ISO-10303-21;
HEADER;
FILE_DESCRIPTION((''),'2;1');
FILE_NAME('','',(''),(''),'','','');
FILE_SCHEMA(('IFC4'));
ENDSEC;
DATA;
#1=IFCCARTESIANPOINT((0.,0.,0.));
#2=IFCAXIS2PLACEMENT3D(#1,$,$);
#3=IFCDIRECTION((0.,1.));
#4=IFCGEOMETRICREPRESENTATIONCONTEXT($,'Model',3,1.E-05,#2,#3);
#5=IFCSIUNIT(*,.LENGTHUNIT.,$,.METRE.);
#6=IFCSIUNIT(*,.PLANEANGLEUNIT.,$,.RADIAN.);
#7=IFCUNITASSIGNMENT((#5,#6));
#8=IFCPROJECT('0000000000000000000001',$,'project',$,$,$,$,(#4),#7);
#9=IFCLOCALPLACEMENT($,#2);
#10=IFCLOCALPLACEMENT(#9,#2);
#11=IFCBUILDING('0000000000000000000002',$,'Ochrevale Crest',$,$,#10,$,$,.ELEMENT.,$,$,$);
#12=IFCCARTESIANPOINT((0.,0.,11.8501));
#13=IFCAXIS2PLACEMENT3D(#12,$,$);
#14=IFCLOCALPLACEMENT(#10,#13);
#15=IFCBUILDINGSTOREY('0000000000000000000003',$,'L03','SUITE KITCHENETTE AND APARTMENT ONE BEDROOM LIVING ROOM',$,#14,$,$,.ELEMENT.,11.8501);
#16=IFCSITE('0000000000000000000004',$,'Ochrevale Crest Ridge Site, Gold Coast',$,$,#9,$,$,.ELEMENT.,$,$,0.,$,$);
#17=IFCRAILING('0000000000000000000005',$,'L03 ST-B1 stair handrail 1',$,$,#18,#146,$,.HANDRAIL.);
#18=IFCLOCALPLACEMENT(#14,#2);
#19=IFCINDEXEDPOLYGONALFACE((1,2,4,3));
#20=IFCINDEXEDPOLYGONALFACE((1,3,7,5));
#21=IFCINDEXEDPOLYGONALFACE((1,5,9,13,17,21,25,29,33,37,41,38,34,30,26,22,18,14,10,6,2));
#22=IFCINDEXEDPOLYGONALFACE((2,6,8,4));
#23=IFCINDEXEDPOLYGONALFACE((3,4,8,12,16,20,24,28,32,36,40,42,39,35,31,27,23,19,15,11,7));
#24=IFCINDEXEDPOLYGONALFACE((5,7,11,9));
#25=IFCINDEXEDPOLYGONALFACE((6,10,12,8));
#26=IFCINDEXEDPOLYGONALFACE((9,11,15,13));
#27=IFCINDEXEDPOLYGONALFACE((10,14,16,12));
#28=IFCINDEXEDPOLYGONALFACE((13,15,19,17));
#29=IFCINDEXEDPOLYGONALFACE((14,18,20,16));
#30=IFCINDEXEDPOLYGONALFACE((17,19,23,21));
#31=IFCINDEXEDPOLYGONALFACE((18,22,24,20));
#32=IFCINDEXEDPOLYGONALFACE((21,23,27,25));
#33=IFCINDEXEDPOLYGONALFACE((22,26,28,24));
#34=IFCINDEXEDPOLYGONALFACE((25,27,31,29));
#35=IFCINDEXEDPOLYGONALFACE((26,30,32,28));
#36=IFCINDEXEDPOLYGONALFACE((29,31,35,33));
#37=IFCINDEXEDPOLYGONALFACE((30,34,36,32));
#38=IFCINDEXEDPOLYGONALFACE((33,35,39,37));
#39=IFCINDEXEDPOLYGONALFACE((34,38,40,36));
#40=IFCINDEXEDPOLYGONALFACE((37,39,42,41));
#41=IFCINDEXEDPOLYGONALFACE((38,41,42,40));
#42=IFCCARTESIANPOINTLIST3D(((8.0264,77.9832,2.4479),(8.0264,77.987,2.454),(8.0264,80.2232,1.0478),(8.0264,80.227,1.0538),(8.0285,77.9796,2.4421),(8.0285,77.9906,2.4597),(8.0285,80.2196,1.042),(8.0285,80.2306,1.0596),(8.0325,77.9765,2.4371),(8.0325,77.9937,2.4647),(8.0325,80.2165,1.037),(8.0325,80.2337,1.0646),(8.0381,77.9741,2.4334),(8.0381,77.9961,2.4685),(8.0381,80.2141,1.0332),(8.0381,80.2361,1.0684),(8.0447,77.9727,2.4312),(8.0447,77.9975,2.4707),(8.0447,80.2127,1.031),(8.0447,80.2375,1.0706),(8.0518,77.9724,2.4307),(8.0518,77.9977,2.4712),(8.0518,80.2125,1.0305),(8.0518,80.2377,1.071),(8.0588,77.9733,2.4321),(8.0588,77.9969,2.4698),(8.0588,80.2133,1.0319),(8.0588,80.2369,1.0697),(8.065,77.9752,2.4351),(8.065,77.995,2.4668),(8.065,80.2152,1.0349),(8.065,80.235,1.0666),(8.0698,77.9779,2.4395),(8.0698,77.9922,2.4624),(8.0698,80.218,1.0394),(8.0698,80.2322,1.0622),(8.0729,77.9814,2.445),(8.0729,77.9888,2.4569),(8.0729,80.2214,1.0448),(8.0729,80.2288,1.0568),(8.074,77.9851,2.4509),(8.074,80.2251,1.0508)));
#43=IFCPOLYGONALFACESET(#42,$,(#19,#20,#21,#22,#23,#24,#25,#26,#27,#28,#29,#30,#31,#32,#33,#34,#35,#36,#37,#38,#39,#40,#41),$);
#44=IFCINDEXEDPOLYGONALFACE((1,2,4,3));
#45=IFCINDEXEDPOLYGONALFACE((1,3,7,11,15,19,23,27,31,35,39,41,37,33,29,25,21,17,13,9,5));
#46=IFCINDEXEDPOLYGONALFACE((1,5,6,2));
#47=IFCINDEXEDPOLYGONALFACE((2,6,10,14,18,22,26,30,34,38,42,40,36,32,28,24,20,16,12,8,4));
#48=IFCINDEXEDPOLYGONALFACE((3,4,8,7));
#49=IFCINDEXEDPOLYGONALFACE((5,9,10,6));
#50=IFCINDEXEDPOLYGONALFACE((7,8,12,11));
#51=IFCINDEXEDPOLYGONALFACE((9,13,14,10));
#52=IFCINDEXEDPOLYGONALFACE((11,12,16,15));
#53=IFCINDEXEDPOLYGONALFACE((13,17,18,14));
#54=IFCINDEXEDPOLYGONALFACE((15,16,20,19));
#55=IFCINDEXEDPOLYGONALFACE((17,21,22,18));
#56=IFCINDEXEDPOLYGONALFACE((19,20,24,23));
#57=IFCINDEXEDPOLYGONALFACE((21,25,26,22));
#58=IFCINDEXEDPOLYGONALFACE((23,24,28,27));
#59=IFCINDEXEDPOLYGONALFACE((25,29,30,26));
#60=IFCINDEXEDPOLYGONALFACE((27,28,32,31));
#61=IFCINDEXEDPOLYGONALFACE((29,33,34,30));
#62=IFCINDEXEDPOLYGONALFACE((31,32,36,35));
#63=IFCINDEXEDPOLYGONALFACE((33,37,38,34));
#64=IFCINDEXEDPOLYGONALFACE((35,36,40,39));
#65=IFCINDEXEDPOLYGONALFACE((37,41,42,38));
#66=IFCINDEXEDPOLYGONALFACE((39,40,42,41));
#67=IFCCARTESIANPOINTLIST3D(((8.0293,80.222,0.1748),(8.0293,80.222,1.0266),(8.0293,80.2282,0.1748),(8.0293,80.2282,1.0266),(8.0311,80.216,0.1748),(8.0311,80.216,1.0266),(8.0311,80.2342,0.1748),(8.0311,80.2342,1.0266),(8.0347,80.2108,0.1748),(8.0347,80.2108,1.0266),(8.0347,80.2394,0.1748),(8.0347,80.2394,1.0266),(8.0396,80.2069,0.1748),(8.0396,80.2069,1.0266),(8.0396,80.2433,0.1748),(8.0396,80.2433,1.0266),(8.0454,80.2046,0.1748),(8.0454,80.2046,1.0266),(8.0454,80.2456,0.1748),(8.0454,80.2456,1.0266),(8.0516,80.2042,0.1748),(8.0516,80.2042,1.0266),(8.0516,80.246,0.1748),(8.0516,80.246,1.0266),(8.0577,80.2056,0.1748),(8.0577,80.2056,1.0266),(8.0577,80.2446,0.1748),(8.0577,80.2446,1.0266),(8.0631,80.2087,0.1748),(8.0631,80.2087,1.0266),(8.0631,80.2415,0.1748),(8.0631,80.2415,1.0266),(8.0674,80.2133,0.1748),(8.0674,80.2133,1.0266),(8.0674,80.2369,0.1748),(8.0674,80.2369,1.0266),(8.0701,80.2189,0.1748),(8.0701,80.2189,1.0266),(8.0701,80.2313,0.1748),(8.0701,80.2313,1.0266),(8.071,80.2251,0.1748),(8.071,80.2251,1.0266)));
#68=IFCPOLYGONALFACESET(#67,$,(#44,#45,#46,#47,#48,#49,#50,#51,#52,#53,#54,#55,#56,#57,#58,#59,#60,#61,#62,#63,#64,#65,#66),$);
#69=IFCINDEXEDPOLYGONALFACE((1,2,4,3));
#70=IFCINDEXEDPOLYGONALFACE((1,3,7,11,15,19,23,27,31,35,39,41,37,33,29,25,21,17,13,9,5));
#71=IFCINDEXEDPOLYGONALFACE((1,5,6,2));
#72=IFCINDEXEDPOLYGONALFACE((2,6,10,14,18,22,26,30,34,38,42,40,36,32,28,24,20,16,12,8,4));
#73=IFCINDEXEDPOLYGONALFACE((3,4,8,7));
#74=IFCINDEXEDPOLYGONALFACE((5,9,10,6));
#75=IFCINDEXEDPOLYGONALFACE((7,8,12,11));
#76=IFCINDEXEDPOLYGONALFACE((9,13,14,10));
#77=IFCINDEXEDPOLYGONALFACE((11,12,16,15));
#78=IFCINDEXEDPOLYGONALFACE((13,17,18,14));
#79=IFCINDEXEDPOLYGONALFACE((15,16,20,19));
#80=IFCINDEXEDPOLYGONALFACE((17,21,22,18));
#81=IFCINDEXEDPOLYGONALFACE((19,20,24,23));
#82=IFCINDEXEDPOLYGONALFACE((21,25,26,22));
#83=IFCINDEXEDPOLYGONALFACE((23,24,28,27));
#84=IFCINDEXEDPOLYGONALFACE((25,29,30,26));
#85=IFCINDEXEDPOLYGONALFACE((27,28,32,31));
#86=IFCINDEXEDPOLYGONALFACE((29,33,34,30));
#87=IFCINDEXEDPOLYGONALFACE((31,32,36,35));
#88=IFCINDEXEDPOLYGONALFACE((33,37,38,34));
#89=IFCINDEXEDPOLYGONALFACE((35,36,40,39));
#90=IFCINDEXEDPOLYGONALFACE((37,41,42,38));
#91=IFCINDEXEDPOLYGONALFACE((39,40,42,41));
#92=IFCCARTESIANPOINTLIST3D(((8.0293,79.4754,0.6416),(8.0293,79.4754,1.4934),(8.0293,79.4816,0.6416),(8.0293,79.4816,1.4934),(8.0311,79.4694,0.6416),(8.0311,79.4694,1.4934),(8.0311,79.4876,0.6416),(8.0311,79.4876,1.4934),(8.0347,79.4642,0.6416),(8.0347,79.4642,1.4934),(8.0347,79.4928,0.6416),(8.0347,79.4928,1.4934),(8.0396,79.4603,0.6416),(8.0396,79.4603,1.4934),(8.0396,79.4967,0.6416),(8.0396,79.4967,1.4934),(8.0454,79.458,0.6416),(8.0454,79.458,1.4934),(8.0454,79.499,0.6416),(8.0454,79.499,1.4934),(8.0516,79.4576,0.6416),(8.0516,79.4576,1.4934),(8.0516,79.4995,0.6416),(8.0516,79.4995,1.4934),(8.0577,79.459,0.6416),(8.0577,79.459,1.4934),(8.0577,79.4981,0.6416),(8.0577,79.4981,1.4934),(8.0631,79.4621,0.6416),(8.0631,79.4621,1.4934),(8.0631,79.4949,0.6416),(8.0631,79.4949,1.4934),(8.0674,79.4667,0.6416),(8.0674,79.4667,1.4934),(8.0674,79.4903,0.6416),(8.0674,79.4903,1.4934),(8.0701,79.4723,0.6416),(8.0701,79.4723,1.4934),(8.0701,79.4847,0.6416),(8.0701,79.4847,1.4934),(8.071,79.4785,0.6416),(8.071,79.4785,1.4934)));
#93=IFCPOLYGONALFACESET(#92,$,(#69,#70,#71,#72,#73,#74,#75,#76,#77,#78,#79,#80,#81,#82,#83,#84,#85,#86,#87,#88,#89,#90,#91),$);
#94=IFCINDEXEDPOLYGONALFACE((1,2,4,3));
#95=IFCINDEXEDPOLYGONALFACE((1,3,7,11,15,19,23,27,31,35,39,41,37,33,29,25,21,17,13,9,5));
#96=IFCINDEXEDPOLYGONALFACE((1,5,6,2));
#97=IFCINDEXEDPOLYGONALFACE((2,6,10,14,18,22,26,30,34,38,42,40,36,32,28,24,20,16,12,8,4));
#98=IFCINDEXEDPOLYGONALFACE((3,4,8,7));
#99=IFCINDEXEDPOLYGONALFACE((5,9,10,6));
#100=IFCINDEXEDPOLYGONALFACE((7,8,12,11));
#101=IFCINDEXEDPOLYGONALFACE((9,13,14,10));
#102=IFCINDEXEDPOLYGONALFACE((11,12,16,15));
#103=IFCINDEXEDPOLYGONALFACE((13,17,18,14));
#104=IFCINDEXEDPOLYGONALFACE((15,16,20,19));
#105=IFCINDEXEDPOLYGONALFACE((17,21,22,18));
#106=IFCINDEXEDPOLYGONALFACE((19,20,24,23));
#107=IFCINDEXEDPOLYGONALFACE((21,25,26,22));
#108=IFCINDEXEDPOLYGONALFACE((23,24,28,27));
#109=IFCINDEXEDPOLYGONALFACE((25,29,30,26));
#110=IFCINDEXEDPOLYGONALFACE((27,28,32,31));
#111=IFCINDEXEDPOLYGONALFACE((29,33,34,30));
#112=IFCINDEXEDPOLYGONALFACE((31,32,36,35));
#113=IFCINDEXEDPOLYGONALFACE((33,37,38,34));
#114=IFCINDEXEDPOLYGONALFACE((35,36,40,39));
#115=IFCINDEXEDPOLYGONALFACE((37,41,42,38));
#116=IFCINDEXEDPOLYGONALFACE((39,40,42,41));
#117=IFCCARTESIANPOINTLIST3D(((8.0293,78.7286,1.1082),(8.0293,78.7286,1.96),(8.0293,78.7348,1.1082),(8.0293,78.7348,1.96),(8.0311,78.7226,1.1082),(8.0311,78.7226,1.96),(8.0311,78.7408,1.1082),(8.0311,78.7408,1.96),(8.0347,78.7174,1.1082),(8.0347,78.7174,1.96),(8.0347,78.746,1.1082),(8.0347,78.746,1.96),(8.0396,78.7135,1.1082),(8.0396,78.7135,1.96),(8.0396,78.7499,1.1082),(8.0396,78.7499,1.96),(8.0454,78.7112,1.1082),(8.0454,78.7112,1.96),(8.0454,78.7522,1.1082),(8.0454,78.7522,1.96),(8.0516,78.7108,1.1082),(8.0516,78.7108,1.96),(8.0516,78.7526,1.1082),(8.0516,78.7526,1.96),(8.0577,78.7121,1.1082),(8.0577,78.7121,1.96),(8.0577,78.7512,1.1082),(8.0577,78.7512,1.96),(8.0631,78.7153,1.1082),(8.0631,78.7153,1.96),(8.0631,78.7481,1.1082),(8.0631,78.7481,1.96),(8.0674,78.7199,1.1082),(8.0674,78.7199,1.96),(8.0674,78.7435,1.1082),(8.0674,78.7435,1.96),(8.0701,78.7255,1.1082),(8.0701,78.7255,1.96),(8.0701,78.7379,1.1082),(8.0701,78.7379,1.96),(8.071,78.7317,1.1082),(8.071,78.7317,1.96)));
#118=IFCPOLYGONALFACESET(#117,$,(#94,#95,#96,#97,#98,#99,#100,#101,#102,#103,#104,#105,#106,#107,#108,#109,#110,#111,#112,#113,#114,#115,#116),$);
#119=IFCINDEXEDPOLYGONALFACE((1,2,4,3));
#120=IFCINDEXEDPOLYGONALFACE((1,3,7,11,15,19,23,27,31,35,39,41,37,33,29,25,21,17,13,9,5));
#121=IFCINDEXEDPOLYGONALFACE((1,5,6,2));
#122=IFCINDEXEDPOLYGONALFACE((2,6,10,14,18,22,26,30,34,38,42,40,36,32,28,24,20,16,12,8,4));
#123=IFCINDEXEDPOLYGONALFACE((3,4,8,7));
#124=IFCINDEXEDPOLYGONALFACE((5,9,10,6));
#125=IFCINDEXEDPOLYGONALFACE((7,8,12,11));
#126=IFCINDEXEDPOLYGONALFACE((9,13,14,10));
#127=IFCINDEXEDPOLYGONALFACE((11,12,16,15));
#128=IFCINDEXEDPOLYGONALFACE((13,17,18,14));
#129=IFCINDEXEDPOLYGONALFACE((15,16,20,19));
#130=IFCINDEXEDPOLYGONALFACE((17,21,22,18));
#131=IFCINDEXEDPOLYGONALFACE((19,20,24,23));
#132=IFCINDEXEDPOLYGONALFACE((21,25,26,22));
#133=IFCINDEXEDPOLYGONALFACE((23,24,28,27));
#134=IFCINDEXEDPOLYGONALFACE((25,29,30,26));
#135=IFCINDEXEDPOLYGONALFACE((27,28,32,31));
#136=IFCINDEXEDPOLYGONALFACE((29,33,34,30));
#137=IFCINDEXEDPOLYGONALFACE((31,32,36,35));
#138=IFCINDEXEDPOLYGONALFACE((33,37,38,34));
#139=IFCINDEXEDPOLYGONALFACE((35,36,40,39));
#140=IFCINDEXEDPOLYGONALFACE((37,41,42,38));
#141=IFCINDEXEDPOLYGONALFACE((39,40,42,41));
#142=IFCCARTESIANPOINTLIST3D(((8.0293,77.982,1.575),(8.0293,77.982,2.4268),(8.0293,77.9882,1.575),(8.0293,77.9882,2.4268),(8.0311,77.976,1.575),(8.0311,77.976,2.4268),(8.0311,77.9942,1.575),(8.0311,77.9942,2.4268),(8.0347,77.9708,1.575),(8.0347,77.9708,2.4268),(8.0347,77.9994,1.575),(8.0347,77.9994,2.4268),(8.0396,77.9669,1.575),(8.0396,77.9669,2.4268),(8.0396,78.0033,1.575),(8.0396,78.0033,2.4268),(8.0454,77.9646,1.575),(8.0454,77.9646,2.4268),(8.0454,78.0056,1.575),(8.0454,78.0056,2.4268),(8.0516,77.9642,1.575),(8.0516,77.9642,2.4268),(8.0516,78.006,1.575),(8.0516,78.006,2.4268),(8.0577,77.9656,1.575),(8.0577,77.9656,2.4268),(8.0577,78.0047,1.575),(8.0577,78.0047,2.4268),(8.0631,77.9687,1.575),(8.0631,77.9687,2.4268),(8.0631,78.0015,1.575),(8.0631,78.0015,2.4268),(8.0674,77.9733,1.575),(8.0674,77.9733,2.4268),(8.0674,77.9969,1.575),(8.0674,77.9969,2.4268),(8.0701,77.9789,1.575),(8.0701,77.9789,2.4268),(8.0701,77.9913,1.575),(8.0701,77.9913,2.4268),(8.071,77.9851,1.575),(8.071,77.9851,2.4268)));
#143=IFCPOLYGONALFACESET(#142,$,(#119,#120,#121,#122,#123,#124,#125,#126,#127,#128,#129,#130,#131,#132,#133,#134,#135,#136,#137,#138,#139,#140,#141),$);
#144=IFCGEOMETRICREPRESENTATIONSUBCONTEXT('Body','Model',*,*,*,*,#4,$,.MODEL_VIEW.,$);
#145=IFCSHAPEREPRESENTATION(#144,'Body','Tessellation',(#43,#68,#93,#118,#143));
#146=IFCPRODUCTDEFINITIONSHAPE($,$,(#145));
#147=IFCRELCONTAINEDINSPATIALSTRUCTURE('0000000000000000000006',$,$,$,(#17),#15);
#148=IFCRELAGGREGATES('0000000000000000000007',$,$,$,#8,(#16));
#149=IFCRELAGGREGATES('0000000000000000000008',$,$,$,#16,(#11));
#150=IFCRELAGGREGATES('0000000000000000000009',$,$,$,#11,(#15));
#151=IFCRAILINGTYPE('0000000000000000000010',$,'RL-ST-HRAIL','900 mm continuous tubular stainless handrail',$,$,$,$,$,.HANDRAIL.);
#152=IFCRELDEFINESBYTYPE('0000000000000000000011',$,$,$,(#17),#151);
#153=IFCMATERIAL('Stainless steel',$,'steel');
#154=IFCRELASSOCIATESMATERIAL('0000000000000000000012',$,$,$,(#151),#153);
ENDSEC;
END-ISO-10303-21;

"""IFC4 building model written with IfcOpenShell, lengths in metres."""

from ifc_helpers import new_model, si_unit, direction, frame, origin, origin_2d, place, context, subcontext, project, spatial, circle, extrude, material, type_object, element, save


model = new_model("IFC4")

# Units and contexts
model_context = context("Model", 3, precision=1e-05, world=origin(), true_north=direction((0.0, 1.0)))
body_context = subcontext(model_context, "Body", "Model", "MODEL_VIEW")
ifc_project = project(units=[si_unit("LENGTHUNIT", "METRE"), si_unit("PLANEANGLEUNIT", "RADIAN")], contexts=[model_context])

# Site, building, storey
site_placement = place(None, origin())
site = spatial("IfcSite", under=ifc_project, at=site_placement, Name="Ochrevale Crest Ridge Site, Gold Coast", CompositionType="ELEMENT", RefElevation=0.0)
building_placement = place(site_placement, origin())
building = spatial("IfcBuilding", under=site, at=building_placement, Name="Ochrevale Crest", CompositionType="ELEMENT")
storey_placement = place(building_placement, frame((0.0, 0.0, 11.8501)))
storey = spatial("IfcBuildingStorey", under=building, at=storey_placement, Name="L03", Description="SUITE KITCHENETTE AND APARTMENT ONE BEDROOM LIVING ROOM", CompositionType="ELEMENT", Elevation=11.8501)

# Railing
ifc_material_1 = material(Name="Stainless steel", Category="steel")
railing_type_1 = type_object("IfcRailingType", Name="RL-ST-HRAIL", Description="900 mm continuous tubular stainless handrail", PredefinedType="HANDRAIL", material=ifc_material_1)
railing_1_placement = place(storey_placement, frame((8.05, 80.2251, 0.1748)))
element("IfcRailing", 1, at=railing_1_placement, inside=storey, type_object=railing_type_1, Name="L03 ST-B1 stair handrail 1", PredefinedType="HANDRAIL", context=body_context, shape_type="SweptSolid", body=[
    extrude(circle(Radius=0.0239, at=origin_2d()), frame((0.0, 0.0, 0.876), z_axis=(0.0, -0.847972, 0.53004), x_axis=(1.0, 0.0, 0.0)), (0.0, 0.0, 1.0), 2.6416),
    extrude(circle(Radius=0.021, at=origin_2d()), origin(), (0.0, 0.0, 1.0), 0.8518),
    extrude(circle(Radius=0.021, at=origin_2d()), frame((0.0, -0.7466, 0.4668)), (0.0, 0.0, 1.0), 0.8518),
    extrude(circle(Radius=0.021, at=origin_2d()), frame((0.0, -1.4934, 0.9333)), (0.0, 0.0, 1.0), 0.8518),
    extrude(circle(Radius=0.021, at=origin_2d()), frame((0.0, -2.24, 1.4001)), (0.0, 0.0, 1.0), 0.8518),
])

save(model, "model.ifc")
